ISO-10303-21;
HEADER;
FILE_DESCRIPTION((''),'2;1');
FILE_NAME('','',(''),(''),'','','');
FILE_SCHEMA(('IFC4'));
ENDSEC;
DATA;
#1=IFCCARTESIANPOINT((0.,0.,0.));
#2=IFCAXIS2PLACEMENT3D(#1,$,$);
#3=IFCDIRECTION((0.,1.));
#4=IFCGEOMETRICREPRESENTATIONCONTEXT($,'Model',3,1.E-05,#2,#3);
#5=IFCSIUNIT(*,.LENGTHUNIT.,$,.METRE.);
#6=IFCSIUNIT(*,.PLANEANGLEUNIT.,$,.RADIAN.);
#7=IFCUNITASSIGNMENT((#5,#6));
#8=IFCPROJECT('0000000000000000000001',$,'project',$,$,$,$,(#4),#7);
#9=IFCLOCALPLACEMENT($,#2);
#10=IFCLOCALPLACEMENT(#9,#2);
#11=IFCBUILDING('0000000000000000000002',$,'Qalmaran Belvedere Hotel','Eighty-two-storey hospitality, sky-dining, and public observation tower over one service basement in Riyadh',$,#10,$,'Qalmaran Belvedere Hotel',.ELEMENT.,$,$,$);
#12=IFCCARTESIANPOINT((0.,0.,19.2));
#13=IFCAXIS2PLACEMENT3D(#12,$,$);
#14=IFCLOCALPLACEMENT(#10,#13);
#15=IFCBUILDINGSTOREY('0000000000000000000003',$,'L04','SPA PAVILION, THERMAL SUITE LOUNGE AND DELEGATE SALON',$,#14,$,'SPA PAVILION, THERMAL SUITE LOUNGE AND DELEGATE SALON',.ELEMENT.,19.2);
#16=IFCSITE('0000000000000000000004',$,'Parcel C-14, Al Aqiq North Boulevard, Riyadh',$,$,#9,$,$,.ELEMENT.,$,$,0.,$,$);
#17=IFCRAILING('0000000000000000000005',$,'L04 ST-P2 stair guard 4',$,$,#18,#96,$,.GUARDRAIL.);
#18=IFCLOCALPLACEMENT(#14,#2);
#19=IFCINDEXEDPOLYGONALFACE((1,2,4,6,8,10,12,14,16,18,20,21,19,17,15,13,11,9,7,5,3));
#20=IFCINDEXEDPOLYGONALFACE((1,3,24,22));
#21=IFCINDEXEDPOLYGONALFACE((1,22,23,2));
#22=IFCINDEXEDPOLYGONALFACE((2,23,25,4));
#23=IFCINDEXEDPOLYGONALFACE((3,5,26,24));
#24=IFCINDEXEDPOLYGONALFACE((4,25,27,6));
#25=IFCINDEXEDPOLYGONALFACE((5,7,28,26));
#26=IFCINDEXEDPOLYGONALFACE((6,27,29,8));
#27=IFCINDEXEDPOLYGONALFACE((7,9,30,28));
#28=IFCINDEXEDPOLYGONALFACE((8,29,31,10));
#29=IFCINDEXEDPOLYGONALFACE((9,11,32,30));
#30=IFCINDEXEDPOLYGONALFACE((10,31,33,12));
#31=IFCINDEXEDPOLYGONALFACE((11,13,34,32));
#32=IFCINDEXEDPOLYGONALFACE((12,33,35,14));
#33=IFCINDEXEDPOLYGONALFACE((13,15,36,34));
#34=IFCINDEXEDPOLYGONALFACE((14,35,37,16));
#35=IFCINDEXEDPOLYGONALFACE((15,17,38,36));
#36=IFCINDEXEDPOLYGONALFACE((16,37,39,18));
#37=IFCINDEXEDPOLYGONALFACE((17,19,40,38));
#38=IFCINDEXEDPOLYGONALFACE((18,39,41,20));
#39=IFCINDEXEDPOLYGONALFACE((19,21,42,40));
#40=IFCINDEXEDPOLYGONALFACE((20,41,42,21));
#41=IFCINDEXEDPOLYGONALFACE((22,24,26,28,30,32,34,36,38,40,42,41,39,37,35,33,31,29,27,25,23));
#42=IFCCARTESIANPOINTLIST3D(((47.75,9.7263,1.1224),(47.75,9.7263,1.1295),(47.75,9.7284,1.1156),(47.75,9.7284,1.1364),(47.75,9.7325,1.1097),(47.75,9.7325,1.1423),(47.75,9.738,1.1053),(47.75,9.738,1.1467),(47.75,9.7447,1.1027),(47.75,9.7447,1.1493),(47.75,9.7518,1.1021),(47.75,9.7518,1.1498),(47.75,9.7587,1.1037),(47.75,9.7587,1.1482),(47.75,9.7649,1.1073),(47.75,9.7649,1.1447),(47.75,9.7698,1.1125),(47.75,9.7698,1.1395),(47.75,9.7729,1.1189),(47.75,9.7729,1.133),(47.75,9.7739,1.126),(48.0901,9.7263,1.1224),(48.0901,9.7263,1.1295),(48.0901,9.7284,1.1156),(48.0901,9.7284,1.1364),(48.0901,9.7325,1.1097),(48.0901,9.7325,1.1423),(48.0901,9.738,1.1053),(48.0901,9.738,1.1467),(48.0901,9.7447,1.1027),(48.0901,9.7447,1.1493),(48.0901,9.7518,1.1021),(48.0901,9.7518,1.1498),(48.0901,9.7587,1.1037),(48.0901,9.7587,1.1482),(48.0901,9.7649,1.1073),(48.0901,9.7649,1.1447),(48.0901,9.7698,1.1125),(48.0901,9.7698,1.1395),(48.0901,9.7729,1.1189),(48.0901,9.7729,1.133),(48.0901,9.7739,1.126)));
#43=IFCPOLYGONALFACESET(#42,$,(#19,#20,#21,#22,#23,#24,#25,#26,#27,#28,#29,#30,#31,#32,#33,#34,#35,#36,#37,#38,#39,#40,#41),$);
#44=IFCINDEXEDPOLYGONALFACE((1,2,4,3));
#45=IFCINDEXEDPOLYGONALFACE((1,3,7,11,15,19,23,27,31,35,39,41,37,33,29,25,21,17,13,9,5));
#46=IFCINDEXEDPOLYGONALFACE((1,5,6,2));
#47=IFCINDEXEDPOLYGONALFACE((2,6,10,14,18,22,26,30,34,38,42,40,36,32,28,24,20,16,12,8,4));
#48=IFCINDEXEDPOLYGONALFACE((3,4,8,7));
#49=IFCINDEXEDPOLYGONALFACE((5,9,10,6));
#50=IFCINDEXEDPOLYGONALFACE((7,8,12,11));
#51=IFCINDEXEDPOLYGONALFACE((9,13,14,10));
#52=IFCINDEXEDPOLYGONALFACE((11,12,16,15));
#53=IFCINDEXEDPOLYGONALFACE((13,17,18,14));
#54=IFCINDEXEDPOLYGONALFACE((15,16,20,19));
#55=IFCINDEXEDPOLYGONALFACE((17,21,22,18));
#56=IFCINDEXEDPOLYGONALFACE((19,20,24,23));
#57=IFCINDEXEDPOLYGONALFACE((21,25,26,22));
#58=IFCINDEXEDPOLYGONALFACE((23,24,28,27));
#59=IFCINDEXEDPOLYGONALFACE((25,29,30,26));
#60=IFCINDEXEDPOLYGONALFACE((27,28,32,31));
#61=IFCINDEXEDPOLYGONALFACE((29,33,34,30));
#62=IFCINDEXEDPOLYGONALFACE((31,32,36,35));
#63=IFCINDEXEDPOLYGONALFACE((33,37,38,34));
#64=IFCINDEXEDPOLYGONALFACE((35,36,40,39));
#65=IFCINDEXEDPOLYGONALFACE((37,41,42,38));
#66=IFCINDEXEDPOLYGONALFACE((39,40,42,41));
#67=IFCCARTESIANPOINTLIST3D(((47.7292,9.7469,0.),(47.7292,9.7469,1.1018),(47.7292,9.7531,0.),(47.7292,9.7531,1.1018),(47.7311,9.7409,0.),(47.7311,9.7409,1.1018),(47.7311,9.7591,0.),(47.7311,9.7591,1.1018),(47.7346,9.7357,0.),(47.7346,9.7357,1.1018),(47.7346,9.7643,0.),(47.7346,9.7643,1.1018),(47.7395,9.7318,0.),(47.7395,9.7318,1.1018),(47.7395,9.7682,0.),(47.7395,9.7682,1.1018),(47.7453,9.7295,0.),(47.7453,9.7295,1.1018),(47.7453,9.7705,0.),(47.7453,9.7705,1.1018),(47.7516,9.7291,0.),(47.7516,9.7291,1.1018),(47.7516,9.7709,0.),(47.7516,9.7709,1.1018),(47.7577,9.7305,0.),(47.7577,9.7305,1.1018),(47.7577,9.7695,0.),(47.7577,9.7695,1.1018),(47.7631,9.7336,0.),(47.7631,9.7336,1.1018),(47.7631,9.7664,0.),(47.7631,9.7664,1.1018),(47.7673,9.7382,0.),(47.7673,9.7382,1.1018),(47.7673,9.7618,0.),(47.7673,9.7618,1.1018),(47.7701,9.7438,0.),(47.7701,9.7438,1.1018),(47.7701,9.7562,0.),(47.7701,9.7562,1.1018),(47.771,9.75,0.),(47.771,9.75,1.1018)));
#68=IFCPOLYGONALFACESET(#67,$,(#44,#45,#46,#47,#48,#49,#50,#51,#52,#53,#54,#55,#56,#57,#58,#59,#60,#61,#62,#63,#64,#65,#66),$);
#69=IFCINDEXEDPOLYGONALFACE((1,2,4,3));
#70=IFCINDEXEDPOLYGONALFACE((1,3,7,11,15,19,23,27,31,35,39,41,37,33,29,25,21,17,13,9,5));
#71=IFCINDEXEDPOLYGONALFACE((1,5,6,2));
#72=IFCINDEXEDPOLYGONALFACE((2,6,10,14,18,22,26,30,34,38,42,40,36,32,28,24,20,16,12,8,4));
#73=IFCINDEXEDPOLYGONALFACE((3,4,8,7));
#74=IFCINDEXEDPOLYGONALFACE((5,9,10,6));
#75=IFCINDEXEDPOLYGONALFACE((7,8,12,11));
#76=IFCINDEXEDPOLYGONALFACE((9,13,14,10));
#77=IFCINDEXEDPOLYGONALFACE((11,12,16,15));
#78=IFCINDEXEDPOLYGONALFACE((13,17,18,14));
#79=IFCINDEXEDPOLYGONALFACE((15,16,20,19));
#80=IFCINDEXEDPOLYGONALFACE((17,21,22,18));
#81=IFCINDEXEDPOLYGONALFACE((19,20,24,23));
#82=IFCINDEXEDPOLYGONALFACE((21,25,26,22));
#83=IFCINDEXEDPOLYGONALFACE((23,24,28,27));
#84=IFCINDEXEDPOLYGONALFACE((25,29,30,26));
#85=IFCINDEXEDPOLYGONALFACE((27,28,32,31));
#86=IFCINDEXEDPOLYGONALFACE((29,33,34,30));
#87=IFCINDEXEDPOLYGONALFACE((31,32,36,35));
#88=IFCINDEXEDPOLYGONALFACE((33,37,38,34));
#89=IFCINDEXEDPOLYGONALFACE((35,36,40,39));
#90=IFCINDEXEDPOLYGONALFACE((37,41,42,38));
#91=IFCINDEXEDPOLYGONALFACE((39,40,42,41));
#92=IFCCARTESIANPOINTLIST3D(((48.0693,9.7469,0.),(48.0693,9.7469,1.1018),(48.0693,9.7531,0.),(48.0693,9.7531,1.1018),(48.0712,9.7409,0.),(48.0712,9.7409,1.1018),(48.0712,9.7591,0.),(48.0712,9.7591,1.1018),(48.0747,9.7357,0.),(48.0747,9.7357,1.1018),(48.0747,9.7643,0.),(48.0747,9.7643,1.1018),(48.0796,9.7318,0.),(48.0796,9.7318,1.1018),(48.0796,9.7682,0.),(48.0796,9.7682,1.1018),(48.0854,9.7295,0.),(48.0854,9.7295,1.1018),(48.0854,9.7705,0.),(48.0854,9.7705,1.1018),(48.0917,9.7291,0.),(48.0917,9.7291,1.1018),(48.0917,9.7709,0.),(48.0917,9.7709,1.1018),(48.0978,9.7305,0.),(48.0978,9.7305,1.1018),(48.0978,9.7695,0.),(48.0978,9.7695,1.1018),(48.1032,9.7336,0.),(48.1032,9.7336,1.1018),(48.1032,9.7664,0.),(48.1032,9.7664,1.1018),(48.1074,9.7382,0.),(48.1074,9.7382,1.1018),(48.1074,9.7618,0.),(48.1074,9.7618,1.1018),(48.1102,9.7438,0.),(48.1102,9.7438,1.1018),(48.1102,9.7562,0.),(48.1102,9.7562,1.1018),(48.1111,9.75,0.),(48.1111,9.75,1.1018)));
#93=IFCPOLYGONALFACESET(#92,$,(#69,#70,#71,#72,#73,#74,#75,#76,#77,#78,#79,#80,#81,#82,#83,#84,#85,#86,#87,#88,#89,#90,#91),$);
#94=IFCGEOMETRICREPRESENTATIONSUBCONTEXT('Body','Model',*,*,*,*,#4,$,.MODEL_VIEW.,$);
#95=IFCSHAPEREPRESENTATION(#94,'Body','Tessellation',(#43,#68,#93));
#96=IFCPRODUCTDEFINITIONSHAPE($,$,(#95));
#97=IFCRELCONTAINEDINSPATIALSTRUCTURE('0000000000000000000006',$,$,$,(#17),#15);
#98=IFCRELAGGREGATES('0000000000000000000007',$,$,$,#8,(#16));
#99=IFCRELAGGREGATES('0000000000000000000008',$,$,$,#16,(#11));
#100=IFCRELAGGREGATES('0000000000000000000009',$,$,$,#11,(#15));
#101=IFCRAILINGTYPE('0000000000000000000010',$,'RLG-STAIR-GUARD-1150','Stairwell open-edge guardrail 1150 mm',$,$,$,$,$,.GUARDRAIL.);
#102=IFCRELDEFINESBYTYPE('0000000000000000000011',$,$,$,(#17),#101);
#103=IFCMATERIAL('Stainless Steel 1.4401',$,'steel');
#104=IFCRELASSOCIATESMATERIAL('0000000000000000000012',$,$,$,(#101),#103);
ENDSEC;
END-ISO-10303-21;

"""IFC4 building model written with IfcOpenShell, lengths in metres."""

from ifc_helpers import new_model, si_unit, direction, frame, origin, origin_2d, place, context, subcontext, project, spatial, circle, extrude, material, type_object, element, save


model = new_model("IFC4")

# Units and contexts
model_context = context("Model", 3, precision=1e-05, world=origin(), true_north=direction((0.0, 1.0)))
body_context = subcontext(model_context, "Body", "Model", "MODEL_VIEW")
ifc_project = project(units=[si_unit("LENGTHUNIT", "METRE"), si_unit("PLANEANGLEUNIT", "RADIAN")], contexts=[model_context])

# Site, building, storey
site_placement = place(None, origin())
site = spatial("IfcSite", under=ifc_project, at=site_placement, Name="Parcel C-14, Al Aqiq North Boulevard, Riyadh", CompositionType="ELEMENT", RefElevation=0.0)
building_placement = place(site_placement, origin())
building = spatial("IfcBuilding", under=site, at=building_placement, Name="Qalmaran Belvedere Hotel", Description="Eighty-two-storey hospitality, sky-dining, and public observation tower over one service basement in Riyadh", LongName="Qalmaran Belvedere Hotel", CompositionType="ELEMENT")
storey_placement = place(building_placement, frame((0.0, 0.0, 19.2)))
storey = spatial("IfcBuildingStorey", under=building, at=storey_placement, Name="L04", Description="SPA PAVILION, THERMAL SUITE LOUNGE AND DELEGATE SALON", LongName="SPA PAVILION, THERMAL SUITE LOUNGE AND DELEGATE SALON", CompositionType="ELEMENT", Elevation=19.2)

# Railing
ifc_material_1 = material(Name="Stainless Steel 1.4401", Category="steel")
railing_type_1 = type_object("IfcRailingType", Name="RLG-STAIR-GUARD-1150", Description="Stairwell open-edge guardrail 1150 mm", PredefinedType="GUARDRAIL", material=ifc_material_1)
railing_1_placement = place(storey_placement, frame((47.75, 9.75, 0.0)))
element("IfcRailing", 1, at=railing_1_placement, inside=storey, type_object=railing_type_1, Name="L04 ST-P2 stair guard 4", PredefinedType="GUARDRAIL", context=body_context, shape_type="SweptSolid", body=[
    extrude(circle(Radius=0.0239, at=origin_2d()), frame((0.0, 0.0, 1.126), z_axis=(1.0, 0.0, 0.0), x_axis=(0.0, 1.0, 0.0)), (0.0, 0.0, 1.0), 0.3401),
    extrude(circle(Radius=0.021, at=origin_2d()), origin(), (0.0, 0.0, 1.0), 1.1018),
    extrude(circle(Radius=0.021, at=origin_2d()), frame((0.3401, 0.0, 0.0)), (0.0, 0.0, 1.0), 1.1018),
])

save(model, "model.ifc")
